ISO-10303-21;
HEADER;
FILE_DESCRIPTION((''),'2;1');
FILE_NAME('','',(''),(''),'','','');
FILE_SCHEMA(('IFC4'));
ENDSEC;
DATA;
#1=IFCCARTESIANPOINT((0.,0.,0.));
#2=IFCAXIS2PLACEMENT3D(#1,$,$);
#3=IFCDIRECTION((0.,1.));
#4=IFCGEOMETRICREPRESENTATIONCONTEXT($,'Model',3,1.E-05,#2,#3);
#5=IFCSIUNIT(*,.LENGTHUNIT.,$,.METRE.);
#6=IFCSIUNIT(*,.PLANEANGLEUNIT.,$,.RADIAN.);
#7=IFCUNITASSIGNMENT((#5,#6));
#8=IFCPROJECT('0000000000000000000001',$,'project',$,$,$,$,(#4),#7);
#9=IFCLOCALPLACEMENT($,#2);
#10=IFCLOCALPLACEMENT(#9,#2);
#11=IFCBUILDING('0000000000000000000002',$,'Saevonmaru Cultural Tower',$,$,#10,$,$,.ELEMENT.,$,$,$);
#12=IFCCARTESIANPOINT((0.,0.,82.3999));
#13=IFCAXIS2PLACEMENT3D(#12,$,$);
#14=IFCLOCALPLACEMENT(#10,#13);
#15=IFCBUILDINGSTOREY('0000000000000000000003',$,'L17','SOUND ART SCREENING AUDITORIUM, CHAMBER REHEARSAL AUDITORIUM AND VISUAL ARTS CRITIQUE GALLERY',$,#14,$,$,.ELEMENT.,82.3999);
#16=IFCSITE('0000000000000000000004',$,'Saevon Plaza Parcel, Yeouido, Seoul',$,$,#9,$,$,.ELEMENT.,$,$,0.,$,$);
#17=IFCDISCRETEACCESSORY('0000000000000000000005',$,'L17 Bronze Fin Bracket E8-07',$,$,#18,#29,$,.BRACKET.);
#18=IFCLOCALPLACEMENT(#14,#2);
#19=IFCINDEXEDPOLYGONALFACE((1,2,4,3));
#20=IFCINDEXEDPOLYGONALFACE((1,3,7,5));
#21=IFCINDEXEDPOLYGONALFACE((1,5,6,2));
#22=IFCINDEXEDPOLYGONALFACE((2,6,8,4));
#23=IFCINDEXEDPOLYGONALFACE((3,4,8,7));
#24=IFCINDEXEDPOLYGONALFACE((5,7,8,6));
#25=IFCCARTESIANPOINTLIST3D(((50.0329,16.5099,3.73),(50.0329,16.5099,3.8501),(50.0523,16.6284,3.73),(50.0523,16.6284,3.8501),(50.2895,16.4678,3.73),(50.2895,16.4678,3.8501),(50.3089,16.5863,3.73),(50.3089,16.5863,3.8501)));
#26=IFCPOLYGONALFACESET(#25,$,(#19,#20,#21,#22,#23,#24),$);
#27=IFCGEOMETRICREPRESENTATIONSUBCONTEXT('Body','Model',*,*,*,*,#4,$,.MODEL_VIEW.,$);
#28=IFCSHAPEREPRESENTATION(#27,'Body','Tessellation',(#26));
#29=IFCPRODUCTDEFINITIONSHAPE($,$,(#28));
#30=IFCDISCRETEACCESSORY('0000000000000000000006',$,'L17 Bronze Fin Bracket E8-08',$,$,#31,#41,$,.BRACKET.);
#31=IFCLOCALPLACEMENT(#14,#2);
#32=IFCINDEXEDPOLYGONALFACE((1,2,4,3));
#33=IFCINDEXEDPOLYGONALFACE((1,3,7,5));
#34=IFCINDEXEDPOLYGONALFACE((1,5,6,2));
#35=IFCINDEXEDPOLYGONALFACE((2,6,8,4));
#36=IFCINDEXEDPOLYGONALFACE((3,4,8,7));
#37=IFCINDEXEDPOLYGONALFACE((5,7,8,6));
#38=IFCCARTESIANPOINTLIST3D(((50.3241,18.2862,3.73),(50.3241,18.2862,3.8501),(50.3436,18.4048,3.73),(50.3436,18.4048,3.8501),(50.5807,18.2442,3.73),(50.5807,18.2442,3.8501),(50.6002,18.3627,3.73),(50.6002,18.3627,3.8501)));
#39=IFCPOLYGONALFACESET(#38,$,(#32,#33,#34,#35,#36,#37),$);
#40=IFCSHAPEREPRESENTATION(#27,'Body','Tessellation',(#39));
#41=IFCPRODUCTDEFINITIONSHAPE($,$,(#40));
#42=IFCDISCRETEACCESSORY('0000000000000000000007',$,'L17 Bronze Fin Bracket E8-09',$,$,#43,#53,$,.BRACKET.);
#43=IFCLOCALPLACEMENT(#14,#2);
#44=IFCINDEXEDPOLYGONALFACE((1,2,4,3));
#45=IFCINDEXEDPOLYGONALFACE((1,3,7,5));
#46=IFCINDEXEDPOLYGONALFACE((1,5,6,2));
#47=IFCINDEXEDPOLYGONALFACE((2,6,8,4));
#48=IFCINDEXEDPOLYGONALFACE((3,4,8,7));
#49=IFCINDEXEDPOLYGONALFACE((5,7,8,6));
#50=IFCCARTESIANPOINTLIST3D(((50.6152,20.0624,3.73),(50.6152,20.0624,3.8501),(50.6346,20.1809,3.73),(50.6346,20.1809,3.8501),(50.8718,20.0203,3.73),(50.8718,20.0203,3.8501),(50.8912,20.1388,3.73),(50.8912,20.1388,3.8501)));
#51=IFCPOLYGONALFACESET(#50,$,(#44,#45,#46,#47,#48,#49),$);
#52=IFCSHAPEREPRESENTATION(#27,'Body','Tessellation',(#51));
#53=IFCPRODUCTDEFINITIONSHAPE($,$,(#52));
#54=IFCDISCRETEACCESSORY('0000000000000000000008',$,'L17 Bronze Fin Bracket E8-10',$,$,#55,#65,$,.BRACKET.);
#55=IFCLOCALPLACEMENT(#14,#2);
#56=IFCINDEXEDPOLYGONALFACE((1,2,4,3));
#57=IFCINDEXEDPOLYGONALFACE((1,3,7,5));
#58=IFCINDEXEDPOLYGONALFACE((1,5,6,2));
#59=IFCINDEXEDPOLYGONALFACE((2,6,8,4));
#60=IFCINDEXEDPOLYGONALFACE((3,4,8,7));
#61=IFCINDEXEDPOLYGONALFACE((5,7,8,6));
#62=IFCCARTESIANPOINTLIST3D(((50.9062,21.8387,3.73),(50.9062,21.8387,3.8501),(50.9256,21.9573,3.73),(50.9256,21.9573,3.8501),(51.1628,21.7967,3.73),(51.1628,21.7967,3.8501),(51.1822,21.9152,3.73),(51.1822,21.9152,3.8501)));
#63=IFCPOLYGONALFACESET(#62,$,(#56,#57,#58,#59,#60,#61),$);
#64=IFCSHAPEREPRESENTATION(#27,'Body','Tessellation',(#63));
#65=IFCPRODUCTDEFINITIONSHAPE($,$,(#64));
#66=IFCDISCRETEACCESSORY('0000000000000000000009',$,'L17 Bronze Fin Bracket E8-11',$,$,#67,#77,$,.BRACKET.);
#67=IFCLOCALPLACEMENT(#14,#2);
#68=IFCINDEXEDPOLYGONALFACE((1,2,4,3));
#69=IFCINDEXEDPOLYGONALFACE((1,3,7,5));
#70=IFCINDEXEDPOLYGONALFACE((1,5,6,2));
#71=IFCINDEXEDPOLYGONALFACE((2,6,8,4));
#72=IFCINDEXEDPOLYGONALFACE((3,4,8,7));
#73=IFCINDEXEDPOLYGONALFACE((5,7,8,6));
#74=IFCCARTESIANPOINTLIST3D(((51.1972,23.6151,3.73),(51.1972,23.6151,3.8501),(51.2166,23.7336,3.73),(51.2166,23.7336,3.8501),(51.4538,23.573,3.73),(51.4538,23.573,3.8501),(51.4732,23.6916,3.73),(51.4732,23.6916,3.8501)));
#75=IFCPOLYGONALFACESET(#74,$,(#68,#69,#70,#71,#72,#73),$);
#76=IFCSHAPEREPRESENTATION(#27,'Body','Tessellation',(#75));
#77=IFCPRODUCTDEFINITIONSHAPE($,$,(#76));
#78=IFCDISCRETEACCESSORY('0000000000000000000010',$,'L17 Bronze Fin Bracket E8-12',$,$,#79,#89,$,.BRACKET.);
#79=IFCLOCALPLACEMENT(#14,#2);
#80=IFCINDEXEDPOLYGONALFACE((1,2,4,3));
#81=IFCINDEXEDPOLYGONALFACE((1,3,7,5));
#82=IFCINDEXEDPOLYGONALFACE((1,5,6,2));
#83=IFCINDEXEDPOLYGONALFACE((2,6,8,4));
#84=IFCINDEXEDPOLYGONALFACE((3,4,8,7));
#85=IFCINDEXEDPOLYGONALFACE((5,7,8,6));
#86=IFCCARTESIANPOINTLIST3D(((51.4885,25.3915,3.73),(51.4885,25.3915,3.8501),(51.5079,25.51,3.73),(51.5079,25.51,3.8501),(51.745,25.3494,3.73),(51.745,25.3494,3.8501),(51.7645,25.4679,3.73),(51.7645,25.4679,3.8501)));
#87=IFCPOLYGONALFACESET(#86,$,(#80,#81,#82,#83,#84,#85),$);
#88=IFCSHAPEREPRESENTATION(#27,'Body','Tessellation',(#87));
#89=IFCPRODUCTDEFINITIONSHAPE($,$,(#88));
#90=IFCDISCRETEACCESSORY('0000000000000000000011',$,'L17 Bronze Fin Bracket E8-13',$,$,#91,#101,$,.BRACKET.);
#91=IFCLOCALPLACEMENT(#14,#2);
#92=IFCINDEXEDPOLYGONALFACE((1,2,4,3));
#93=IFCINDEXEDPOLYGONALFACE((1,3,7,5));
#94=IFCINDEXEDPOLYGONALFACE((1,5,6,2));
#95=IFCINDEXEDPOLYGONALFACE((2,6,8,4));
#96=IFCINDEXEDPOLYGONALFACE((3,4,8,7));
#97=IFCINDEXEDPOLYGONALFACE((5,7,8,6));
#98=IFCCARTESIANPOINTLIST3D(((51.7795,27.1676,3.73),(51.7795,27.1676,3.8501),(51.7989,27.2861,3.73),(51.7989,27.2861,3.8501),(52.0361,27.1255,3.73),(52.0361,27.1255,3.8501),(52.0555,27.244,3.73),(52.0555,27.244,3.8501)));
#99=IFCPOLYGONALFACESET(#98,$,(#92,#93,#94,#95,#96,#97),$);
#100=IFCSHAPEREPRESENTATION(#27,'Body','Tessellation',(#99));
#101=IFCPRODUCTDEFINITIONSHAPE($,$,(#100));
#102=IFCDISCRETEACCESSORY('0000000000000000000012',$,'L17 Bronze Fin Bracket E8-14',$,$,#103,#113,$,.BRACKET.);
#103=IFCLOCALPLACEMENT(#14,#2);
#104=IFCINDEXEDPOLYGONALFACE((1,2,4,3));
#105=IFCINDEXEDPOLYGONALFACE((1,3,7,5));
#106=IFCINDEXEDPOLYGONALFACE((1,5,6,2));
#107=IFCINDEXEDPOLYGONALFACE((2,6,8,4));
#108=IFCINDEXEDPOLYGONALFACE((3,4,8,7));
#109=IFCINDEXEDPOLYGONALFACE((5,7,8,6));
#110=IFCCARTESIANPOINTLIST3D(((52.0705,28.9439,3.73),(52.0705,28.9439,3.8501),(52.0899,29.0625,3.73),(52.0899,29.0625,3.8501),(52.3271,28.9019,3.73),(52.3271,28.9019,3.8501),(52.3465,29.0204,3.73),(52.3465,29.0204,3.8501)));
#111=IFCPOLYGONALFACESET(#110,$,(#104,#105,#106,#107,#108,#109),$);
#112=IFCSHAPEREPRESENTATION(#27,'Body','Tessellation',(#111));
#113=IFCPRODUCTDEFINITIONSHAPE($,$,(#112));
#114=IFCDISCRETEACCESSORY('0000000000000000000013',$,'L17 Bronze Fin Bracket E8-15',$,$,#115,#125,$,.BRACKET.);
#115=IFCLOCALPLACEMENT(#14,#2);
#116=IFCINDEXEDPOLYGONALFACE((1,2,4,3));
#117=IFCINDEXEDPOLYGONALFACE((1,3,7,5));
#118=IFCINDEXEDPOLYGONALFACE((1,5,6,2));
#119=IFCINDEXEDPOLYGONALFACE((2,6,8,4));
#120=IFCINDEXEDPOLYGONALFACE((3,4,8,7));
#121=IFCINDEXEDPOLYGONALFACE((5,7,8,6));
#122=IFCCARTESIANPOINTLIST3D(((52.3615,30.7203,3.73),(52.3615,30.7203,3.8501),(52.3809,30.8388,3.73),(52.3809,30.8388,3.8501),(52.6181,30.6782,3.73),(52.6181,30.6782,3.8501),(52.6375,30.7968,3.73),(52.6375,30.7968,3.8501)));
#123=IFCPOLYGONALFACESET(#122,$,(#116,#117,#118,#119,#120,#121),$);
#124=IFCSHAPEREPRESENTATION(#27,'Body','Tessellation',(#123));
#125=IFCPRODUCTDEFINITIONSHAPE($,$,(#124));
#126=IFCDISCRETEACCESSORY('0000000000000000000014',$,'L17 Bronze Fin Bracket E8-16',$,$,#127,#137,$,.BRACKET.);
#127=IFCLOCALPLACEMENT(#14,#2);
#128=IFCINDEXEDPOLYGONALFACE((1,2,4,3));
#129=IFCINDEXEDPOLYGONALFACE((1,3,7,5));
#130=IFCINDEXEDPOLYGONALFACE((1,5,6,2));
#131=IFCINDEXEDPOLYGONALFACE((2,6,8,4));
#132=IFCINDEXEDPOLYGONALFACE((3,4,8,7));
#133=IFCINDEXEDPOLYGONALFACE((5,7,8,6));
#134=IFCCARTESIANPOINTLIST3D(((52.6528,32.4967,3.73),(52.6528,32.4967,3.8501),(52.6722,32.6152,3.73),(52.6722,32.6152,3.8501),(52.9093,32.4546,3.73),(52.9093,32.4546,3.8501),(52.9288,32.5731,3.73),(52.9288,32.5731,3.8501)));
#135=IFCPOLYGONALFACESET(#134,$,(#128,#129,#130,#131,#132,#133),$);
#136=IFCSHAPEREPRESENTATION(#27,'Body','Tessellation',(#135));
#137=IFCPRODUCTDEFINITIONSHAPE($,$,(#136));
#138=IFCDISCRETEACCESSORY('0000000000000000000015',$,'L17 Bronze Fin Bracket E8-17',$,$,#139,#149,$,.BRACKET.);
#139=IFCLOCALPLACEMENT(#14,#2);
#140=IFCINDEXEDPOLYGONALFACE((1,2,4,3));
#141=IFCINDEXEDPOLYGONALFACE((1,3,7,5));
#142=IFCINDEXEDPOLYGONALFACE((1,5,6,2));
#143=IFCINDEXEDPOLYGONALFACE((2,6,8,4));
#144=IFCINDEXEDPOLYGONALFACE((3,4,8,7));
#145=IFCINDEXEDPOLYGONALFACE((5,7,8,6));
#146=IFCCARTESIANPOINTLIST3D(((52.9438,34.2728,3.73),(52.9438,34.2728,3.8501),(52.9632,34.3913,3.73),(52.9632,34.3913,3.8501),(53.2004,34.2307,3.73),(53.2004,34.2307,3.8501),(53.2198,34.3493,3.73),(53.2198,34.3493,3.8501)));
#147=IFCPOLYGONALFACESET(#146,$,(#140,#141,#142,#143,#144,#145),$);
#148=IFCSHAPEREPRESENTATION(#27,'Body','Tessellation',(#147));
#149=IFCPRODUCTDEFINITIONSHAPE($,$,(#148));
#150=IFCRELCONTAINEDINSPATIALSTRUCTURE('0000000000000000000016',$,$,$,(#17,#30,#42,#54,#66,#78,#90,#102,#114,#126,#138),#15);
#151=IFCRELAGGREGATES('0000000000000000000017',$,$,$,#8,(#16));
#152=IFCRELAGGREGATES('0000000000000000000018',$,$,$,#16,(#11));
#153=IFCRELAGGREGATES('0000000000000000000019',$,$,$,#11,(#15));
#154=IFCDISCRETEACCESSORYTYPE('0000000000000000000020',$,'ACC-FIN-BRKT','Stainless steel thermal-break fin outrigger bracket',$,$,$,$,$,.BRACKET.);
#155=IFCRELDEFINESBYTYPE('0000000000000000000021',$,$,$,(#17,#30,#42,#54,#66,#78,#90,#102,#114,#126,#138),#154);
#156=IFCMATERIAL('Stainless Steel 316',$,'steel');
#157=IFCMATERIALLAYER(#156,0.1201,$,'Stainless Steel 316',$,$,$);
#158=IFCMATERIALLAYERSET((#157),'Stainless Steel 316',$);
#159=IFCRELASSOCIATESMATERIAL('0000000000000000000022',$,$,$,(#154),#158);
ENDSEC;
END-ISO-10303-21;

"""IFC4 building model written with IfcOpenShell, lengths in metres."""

from ifc_helpers import new_model, si_unit, direction, frame, origin, origin_2d, place, context, subcontext, project, spatial, rectangle, extrude, material, layer, layer_set, type_object, element, save


model = new_model("IFC4")

# Units and contexts
model_context = context("Model", 3, precision=1e-05, world=origin(), true_north=direction((0.0, 1.0)))
body_context = subcontext(model_context, "Body", "Model", "MODEL_VIEW")
ifc_project = project(units=[si_unit("LENGTHUNIT", "METRE"), si_unit("PLANEANGLEUNIT", "RADIAN")], contexts=[model_context])

# Site, building, storey
site_placement = place(None, origin())
site = spatial("IfcSite", under=ifc_project, at=site_placement, Name="Saevon Plaza Parcel, Yeouido, Seoul", CompositionType="ELEMENT", RefElevation=0.0)
building_placement = place(site_placement, origin())
building = spatial("IfcBuilding", under=site, at=building_placement, Name="Saevonmaru Cultural Tower", CompositionType="ELEMENT")
storey_placement = place(building_placement, frame((0.0, 0.0, 82.3999)))
storey = spatial("IfcBuildingStorey", under=building, at=storey_placement, Name="L17", Description="SOUND ART SCREENING AUDITORIUM, CHAMBER REHEARSAL AUDITORIUM AND VISUAL ARTS CRITIQUE GALLERY", CompositionType="ELEMENT", Elevation=82.3999)

# Discrete accessories
ifc_material_1 = material(Name="Stainless Steel 316", Category="steel")
ifc_layer_1 = layer(ifc_material_1, 0.1201, Name="Stainless Steel 316")
ifc_layer_set_1 = layer_set([ifc_layer_1], Name="Stainless Steel 316")
discrete_accessory_type = type_object("IfcDiscreteAccessoryType", Name="ACC-FIN-BRKT", Description="Stainless steel thermal-break fin outrigger bracket", PredefinedType="BRACKET", material=ifc_layer_set_1)
for number, where, z_axis, x_axis, name in (
    (1, (50.1709, 16.5481, 3.73), (0.0, 0.0, 1.0), (0.986827, -0.161776, 0.0), "L17 Bronze Fin Bracket E8-07"),
    (2, (50.4622, 18.3245, 3.73), (0.0, 0.0, 1.0), (0.986827, -0.161776, 0.0), "L17 Bronze Fin Bracket E8-08"),
    (3, (50.7532, 20.1006, 3.73), (0.0, 0.0, 1.0), (0.986827, -0.161776, 0.0), "L17 Bronze Fin Bracket E8-09"),
    (4, (51.0442, 21.877, 3.73), (0.0, 0.0, 1.0), (0.986827, -0.161776, 0.0), "L17 Bronze Fin Bracket E8-10"),
    (5, (51.3352, 23.6533, 3.73), (0.0, 0.0, 1.0), (0.986827, -0.161776, 0.0), "L17 Bronze Fin Bracket E8-11"),
    (6, (51.6265, 25.4297, 3.73), (0.0, 0.0, 1.0), (0.986827, -0.161776, 0.0), "L17 Bronze Fin Bracket E8-12"),
    (7, (51.9175, 27.2058, 3.73), (0.0, 0.0, 1.0), (0.986827, -0.161776, 0.0), "L17 Bronze Fin Bracket E8-13"),
    (8, (52.2085, 28.9822, 3.73), (0.0, 0.0, 1.0), (0.986827, -0.161776, 0.0), "L17 Bronze Fin Bracket E8-14"),
    (9, (52.4995, 30.7585, 3.73), (0.0, 0.0, 1.0), (0.986827, -0.161776, 0.0), "L17 Bronze Fin Bracket E8-15"),
    (10, (52.7908, 32.5349, 3.73), (0.0, 0.0, 1.0), (0.986827, -0.161776, 0.0), "L17 Bronze Fin Bracket E8-16"),
    (11, (53.0818, 34.311, 3.73), (0.0, 0.0, 1.0), (0.986827, -0.161776, 0.0), "L17 Bronze Fin Bracket E8-17"),
):
    element("IfcDiscreteAccessory", number, at=place(storey_placement, frame(where, z_axis=z_axis, x_axis=x_axis)), inside=storey, type_object=discrete_accessory_type, Name=name, PredefinedType="BRACKET", context=body_context, shape_type="SweptSolid", body=[
        extrude(rectangle(XDim=0.26, YDim=0.1201, at=origin_2d()), origin(), (0.0, 0.0, 1.0), 0.1201),
    ])

save(model, "model.ifc")
